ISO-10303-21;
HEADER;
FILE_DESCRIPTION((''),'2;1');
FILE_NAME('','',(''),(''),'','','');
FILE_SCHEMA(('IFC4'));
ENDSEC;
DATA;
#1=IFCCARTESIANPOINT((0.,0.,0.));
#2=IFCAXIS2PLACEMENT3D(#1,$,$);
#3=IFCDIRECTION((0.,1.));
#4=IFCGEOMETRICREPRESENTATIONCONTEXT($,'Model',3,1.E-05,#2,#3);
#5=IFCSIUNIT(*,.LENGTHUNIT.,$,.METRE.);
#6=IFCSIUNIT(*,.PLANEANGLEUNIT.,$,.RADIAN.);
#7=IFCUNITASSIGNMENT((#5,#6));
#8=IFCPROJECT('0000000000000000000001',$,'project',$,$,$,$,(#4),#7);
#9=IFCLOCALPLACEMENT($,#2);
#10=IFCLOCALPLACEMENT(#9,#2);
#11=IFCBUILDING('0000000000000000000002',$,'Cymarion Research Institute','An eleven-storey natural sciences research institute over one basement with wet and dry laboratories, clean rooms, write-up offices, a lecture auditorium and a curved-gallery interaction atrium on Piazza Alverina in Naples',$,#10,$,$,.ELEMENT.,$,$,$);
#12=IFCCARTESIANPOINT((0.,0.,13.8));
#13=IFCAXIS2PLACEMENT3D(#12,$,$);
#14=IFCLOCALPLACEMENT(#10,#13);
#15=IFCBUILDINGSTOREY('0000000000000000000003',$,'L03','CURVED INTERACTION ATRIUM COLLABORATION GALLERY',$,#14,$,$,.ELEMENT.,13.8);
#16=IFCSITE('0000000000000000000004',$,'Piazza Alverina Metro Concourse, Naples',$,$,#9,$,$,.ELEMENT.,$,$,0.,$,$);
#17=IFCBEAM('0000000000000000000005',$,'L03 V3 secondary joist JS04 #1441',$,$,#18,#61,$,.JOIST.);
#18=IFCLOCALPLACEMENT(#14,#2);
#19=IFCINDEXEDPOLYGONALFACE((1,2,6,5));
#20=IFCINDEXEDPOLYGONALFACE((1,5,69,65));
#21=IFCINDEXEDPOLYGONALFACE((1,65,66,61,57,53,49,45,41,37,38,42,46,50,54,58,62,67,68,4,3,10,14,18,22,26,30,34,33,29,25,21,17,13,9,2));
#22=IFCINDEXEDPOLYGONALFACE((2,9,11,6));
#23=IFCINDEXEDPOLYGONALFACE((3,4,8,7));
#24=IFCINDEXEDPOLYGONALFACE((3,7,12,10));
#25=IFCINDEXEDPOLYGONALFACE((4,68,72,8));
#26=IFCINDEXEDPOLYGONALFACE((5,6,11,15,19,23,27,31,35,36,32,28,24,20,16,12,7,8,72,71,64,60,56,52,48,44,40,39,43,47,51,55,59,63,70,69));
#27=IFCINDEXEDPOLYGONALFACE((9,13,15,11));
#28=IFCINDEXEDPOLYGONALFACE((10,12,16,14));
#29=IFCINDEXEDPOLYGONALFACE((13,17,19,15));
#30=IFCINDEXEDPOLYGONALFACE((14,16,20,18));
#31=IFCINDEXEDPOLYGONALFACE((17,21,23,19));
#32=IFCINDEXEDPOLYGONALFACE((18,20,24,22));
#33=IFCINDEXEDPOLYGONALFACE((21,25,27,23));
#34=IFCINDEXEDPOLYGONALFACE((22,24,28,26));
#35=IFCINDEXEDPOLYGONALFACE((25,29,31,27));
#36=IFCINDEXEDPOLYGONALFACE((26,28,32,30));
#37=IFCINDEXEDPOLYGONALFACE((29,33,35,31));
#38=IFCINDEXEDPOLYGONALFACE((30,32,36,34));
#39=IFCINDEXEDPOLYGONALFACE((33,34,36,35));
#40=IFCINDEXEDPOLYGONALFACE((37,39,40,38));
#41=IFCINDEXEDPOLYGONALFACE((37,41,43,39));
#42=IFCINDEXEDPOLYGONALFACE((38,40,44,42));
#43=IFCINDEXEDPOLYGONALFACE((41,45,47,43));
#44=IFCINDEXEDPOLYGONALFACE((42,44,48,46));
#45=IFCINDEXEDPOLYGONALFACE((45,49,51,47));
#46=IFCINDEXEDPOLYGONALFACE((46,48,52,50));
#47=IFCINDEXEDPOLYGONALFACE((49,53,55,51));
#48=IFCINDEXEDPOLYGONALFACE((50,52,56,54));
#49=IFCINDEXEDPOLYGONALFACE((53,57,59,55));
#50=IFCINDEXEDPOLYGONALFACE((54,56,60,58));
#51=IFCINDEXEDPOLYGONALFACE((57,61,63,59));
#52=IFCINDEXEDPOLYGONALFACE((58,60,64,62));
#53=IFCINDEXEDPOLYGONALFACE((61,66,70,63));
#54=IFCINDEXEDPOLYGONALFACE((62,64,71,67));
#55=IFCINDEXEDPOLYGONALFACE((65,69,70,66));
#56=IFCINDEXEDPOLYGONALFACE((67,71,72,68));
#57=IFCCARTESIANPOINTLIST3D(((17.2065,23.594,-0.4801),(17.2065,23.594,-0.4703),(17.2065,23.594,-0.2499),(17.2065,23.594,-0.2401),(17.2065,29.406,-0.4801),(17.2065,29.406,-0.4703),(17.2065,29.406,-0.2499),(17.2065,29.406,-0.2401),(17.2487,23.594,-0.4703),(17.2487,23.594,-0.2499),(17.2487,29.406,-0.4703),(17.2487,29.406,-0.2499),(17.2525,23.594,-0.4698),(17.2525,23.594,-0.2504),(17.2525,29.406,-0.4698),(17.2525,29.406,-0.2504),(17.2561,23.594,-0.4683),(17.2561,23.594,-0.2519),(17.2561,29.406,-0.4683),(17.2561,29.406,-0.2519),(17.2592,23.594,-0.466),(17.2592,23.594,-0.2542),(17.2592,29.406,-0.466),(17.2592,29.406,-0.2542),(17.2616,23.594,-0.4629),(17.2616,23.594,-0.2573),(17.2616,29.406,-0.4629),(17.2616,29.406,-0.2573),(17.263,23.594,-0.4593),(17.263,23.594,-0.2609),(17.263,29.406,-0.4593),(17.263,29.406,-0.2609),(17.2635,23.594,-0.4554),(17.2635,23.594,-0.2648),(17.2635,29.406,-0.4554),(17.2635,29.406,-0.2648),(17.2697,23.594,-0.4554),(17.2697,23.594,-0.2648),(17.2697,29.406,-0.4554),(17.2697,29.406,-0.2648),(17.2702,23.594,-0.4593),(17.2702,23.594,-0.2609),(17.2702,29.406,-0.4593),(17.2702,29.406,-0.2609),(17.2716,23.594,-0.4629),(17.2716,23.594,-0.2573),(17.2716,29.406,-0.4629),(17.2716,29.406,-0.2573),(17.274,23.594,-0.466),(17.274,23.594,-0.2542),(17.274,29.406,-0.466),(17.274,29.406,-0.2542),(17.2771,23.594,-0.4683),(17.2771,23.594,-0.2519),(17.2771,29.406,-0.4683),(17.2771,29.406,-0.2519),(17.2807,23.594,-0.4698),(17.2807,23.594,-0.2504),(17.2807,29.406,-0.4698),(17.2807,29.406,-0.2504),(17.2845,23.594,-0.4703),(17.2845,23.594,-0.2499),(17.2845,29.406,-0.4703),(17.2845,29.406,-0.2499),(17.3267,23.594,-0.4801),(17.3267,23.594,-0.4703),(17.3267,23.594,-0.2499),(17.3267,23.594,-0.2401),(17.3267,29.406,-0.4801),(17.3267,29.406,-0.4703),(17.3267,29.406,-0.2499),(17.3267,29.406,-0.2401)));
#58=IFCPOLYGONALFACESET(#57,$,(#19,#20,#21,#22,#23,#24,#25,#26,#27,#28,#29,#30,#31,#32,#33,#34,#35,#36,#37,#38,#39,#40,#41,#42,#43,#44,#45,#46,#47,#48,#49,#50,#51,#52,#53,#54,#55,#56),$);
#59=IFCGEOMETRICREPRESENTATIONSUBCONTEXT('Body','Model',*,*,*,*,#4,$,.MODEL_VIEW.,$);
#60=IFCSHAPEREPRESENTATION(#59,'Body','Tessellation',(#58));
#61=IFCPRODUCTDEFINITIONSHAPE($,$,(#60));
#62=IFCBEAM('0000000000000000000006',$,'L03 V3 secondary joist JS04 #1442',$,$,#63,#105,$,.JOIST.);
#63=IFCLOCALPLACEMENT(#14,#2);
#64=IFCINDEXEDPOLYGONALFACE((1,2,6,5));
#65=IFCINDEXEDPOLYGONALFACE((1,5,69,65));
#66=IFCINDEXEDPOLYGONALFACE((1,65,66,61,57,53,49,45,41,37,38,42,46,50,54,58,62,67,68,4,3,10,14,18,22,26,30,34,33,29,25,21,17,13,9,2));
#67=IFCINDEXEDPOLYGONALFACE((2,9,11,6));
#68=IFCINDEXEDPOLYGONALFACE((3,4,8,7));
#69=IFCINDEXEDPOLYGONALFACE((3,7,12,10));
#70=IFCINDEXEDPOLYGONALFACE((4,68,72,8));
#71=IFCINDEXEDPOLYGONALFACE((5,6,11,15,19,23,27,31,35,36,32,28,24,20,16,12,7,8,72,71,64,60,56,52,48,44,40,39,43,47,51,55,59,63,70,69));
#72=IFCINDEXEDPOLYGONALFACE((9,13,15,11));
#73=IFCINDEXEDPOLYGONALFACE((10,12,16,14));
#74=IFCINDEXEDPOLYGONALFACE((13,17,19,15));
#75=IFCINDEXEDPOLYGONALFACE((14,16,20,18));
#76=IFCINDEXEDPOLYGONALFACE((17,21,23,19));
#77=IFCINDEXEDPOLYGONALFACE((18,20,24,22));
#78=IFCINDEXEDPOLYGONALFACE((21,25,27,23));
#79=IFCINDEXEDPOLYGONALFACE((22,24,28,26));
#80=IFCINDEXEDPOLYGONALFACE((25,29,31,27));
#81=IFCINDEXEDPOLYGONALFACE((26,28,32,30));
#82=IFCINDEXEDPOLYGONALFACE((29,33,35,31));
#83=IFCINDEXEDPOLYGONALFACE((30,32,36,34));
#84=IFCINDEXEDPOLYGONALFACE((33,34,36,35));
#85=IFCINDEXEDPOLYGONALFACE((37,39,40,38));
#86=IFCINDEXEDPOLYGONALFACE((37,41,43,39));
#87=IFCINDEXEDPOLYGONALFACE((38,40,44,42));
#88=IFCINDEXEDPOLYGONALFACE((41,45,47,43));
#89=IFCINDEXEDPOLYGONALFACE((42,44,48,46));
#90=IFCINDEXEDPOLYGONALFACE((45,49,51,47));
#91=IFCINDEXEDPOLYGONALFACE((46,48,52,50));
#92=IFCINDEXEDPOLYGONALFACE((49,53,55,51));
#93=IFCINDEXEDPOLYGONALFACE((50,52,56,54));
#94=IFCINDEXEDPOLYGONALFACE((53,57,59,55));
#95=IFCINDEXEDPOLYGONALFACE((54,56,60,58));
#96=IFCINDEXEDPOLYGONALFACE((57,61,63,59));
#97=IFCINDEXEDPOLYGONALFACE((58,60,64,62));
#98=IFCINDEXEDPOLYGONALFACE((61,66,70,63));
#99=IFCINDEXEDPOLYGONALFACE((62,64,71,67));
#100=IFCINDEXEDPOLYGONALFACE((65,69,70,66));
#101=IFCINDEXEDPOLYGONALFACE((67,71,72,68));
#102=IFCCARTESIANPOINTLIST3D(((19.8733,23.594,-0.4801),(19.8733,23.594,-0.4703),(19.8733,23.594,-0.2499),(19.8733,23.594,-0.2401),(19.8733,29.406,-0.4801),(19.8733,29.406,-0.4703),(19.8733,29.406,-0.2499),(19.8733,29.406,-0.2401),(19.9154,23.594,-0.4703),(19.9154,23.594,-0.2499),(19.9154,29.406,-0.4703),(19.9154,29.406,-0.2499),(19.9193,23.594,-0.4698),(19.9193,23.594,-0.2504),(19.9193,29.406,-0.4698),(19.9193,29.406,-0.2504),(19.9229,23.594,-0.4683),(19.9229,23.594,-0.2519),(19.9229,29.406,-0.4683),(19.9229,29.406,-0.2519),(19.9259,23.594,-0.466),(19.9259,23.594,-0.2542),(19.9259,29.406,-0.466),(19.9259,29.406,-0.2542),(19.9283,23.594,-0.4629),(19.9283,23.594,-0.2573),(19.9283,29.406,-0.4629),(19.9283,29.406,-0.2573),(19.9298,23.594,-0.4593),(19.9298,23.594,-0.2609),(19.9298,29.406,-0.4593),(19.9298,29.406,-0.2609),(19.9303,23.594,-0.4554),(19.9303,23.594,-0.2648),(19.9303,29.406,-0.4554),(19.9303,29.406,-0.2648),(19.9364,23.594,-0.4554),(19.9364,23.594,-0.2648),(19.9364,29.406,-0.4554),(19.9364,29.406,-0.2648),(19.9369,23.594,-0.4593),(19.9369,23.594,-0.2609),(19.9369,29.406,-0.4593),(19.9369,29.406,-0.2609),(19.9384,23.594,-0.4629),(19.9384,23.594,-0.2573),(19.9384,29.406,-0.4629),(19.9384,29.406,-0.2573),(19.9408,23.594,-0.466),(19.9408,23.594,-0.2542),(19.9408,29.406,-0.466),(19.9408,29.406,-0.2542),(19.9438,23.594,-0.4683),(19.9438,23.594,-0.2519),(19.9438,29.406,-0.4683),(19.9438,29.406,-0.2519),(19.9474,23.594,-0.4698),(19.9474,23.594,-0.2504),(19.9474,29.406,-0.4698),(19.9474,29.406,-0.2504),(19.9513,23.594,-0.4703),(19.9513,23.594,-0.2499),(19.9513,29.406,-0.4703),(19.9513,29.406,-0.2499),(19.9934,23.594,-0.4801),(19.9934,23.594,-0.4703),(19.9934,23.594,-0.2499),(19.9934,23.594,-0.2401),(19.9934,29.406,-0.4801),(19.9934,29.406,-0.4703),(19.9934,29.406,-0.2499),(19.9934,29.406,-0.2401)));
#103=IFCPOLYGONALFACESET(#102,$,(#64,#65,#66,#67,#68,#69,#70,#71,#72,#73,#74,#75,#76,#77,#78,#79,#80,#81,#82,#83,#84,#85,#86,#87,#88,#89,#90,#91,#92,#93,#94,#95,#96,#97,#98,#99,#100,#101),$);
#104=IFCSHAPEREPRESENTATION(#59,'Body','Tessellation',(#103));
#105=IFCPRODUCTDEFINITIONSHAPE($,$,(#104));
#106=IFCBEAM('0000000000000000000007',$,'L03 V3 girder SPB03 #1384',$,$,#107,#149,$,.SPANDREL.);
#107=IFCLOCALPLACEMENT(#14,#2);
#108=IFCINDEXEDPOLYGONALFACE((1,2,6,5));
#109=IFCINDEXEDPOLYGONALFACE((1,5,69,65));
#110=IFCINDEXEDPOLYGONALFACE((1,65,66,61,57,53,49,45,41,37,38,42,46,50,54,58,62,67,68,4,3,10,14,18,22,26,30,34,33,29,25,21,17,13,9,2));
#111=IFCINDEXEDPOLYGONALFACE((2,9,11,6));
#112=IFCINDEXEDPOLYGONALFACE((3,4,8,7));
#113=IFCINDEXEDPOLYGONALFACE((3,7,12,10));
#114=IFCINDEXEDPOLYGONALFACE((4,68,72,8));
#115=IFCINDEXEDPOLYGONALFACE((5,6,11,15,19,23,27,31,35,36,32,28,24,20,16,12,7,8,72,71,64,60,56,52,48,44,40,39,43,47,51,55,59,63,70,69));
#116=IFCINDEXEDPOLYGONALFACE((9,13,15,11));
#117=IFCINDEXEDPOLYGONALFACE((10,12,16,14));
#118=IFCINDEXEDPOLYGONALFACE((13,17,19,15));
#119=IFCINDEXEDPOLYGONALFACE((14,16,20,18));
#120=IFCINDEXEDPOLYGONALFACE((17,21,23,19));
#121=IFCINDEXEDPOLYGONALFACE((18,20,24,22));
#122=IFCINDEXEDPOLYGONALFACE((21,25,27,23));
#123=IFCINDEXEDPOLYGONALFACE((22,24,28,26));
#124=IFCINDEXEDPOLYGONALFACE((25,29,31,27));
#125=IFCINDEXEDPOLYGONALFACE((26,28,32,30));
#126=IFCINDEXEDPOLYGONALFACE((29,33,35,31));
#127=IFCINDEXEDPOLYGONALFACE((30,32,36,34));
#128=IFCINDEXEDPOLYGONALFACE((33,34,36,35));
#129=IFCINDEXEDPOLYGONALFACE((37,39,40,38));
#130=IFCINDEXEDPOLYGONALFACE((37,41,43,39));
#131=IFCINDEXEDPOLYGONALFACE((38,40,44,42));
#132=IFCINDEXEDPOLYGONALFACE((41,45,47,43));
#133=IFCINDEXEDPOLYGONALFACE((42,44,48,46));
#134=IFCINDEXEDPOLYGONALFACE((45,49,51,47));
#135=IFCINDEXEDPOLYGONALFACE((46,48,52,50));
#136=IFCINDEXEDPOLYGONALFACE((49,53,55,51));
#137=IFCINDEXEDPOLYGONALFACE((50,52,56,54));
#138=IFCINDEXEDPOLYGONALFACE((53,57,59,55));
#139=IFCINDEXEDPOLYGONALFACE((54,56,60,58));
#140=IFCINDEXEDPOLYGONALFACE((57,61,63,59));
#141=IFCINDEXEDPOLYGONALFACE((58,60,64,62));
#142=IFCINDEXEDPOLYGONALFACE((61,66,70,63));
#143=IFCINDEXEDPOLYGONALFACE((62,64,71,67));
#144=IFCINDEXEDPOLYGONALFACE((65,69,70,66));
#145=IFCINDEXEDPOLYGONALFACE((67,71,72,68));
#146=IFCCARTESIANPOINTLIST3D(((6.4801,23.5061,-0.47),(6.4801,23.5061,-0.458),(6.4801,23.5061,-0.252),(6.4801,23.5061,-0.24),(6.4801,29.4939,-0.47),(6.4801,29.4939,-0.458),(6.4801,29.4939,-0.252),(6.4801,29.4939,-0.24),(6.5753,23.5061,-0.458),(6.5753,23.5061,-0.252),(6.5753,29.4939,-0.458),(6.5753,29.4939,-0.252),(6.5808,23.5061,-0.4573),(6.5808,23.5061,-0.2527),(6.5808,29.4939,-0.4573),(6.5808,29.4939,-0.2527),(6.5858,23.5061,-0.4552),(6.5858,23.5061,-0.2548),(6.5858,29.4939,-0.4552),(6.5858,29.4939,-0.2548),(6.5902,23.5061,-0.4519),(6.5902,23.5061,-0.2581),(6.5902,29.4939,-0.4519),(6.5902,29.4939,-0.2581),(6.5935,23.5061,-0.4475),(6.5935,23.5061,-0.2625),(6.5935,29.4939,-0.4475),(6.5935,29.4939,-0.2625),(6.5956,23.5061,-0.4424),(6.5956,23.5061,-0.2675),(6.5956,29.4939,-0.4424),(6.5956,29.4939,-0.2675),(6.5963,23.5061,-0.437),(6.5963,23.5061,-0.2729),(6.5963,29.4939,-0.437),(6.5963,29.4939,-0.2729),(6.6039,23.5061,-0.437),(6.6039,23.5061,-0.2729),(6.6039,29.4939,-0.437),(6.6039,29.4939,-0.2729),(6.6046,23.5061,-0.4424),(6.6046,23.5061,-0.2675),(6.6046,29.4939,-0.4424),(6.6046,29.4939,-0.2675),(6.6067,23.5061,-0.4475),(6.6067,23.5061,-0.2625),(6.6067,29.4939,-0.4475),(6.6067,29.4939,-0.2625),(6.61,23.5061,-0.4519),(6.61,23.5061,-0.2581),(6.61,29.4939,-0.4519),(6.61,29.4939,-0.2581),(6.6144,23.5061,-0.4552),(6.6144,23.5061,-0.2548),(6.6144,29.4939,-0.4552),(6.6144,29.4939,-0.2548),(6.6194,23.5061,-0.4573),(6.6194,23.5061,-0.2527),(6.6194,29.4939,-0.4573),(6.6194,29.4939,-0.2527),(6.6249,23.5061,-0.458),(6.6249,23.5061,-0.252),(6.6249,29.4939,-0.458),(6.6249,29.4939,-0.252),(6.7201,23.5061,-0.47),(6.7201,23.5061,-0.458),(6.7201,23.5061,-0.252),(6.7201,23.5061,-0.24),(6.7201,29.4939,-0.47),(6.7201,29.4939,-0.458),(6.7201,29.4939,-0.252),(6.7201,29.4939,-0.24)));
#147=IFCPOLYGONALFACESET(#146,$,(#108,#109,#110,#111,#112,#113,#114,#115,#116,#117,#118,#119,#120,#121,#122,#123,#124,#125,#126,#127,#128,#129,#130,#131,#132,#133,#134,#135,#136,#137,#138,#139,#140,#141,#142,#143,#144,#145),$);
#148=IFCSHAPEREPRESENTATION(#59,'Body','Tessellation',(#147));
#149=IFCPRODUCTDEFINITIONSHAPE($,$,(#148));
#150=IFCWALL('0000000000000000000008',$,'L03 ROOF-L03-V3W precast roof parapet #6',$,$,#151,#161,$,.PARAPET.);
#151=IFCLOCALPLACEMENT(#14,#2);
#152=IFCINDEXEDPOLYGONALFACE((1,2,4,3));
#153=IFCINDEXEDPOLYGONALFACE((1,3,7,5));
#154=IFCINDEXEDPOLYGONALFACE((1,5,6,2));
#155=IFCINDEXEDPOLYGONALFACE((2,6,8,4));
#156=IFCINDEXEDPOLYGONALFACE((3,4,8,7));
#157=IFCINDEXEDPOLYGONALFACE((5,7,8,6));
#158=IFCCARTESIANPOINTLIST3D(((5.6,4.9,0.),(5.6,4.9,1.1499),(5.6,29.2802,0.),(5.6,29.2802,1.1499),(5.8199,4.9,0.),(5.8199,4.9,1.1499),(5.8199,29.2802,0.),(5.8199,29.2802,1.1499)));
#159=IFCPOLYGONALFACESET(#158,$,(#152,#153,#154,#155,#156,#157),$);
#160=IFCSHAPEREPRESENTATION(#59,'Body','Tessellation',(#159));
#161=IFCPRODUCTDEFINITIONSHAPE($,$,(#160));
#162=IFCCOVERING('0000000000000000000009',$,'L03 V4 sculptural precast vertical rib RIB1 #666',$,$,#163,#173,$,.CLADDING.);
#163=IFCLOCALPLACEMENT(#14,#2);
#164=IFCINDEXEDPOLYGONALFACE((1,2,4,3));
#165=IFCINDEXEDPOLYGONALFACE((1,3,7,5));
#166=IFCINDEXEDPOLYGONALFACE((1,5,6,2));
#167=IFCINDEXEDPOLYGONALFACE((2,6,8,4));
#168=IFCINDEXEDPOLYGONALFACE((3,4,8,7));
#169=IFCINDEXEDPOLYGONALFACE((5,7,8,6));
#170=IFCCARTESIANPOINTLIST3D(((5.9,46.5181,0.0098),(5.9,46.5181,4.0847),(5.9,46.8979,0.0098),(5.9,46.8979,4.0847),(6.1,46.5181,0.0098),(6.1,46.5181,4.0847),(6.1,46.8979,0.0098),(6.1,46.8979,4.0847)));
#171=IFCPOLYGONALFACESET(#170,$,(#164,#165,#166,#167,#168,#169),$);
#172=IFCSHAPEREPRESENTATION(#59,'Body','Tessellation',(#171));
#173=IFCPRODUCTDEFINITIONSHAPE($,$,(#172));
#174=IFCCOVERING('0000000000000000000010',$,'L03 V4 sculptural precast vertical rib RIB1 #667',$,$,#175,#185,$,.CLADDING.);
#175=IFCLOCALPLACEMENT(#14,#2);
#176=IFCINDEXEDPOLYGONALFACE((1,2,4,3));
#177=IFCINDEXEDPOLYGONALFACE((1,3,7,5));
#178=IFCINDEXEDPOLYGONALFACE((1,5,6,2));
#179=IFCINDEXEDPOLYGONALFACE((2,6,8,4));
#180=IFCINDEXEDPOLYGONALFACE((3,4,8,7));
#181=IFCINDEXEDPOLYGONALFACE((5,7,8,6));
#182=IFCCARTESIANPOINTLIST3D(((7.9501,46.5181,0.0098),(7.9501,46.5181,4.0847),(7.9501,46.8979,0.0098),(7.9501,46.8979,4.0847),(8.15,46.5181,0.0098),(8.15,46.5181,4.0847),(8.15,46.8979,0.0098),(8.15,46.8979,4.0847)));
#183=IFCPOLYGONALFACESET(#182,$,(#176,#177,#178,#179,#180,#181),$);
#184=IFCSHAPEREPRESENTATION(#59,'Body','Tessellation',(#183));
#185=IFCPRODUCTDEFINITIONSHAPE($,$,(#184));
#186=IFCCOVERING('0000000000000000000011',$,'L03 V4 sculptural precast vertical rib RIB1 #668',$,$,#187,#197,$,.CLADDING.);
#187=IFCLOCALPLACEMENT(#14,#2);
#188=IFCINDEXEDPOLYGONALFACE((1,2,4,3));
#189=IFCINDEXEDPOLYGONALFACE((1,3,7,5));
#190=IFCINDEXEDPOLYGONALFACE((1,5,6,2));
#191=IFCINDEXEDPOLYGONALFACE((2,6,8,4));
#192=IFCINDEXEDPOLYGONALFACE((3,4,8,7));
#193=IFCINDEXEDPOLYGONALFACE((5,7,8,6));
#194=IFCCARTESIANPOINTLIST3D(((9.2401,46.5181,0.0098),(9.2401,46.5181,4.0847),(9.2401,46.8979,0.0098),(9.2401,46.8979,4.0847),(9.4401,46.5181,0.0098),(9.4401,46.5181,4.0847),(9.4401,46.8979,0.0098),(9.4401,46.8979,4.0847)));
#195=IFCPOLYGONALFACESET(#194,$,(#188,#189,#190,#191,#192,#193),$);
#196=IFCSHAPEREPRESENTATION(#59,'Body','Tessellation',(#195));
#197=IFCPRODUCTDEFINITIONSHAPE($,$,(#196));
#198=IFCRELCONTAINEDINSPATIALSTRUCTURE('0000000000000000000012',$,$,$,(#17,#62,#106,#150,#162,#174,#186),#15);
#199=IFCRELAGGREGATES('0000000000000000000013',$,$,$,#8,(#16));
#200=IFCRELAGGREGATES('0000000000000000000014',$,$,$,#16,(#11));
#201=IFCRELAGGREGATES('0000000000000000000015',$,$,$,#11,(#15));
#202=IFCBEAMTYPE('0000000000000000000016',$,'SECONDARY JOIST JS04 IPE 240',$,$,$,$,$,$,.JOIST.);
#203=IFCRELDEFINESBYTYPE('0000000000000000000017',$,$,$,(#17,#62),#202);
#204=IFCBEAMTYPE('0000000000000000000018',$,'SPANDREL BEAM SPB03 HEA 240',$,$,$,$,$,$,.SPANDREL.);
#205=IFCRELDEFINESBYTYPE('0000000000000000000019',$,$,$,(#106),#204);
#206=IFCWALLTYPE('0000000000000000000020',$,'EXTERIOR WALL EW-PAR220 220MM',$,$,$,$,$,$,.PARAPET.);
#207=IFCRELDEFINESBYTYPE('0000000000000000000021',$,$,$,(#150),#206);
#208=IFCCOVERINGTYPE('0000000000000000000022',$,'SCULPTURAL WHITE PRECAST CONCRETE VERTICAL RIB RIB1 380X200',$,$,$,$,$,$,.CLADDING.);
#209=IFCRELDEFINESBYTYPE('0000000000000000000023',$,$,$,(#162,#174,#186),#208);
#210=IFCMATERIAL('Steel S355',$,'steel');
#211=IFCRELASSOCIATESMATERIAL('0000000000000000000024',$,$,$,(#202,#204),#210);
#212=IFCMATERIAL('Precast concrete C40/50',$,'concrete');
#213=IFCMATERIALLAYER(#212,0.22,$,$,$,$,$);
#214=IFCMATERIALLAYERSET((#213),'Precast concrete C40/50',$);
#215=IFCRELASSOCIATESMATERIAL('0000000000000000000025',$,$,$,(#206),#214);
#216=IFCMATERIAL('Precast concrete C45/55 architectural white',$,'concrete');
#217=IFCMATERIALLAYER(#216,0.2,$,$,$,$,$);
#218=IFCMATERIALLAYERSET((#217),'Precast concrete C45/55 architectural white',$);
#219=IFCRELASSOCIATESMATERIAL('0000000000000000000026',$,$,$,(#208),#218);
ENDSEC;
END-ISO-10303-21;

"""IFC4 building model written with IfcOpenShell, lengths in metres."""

from ifc_helpers import new_model, si_unit, direction, frame, frame_2d, origin, origin_2d, place, context, subcontext, project, spatial, rectangle, i_section, extrude, material, layer, layer_set, material_profile, profile_set, type_object, element, save


model = new_model("IFC4")

# Units and contexts
model_context = context("Model", 3, precision=1e-05, world=origin(), true_north=direction((0.0, 1.0)))
body_context = subcontext(model_context, "Body", "Model", "MODEL_VIEW")
ifc_project = project(units=[si_unit("LENGTHUNIT", "METRE"), si_unit("PLANEANGLEUNIT", "RADIAN")], contexts=[model_context])

# Site, building, storey
site_placement = place(None, origin())
site = spatial("IfcSite", under=ifc_project, at=site_placement, Name="Piazza Alverina Metro Concourse, Naples", CompositionType="ELEMENT", RefElevation=0.0)
building_placement = place(site_placement, origin())
building = spatial("IfcBuilding", under=site, at=building_placement, Name="Cymarion Research Institute", Description="An eleven-storey natural sciences research institute over one basement with wet and dry laboratories, clean rooms, write-up offices, a lecture auditorium and a curved-gallery interaction atrium on Piazza Alverina in Naples", CompositionType="ELEMENT")
storey_placement = place(building_placement, frame((0.0, 0.0, 13.8)))
storey = spatial("IfcBuildingStorey", under=building, at=storey_placement, Name="L03", Description="CURVED INTERACTION ATRIUM COLLABORATION GALLERY", CompositionType="ELEMENT", Elevation=13.8)

# Beams
ifc_material_1 = material(Name="Steel S355", Category="steel")
ifc_material_profile_1 = material_profile(ifc_material_1, i_section(OverallWidth=0.1201, OverallDepth=0.24, WebThickness=0.0061, FlangeThickness=0.0098, FilletRadius=0.0149, at=origin_2d()), Name="IPE 240")
ifc_profile_set_1 = profile_set([ifc_material_profile_1], Name="Steel S355")
beam_type_1 = type_object("IfcBeamType", Name="SECONDARY JOIST JS04 IPE 240", PredefinedType="JOIST", material=ifc_profile_set_1)
for number, where, z_axis, x_axis, name in (
    (1, (17.2666, 23.594, -0.3601), (0.0, 1.0, 0.0), (-1.0, 0.0, 0.0), "L03 V3 secondary joist JS04 #1441"),
    (2, (19.9333, 23.594, -0.3601), (0.0, 1.0, 0.0), (-1.0, 0.0, 0.0), "L03 V3 secondary joist JS04 #1442"),
):
    element("IfcBeam", number, at=place(storey_placement, frame(where, z_axis=z_axis, x_axis=x_axis)), inside=storey, type_object=beam_type_1, Name=name, PredefinedType="JOIST", context=body_context, shape_type="SweptSolid", body=[
        extrude(i_section(OverallWidth=0.1201, OverallDepth=0.24, WebThickness=0.0061, FlangeThickness=0.0098, FilletRadius=0.0149, at=origin_2d()), origin(), (0.0, 0.0, 1.0), 5.812),
    ])
ifc_material_profile_2 = material_profile(ifc_material_1, i_section(OverallWidth=0.24, OverallDepth=0.23, WebThickness=0.0076, FlangeThickness=0.012, FilletRadius=0.021, at=origin_2d()), Name="HEA 240")
ifc_profile_set_2 = profile_set([ifc_material_profile_2], Name="Steel S355")
beam_type_2 = type_object("IfcBeamType", Name="SPANDREL BEAM SPB03 HEA 240", PredefinedType="SPANDREL", material=ifc_profile_set_2)
beam_placement = place(storey_placement, frame((6.6001, 23.5061, -0.355), z_axis=(0.0, 1.0, 0.0), x_axis=(-1.0, 0.0, 0.0)))
element("IfcBeam", 3, at=beam_placement, inside=storey, type_object=beam_type_2, Name="L03 V3 girder SPB03 #1384", PredefinedType="SPANDREL", context=body_context, shape_type="SweptSolid", body=[
    extrude(i_section(OverallWidth=0.24, OverallDepth=0.23, WebThickness=0.0076, FlangeThickness=0.012, FilletRadius=0.021, at=origin_2d()), origin(), (0.0, 0.0, 1.0), 5.9878),
])

# Wall
ifc_material_2 = material(Name="Precast concrete C40/50", Category="concrete")
ifc_layer_1 = layer(ifc_material_2, 0.22)
ifc_layer_set_1 = layer_set([ifc_layer_1], Name="Precast concrete C40/50")
wall_type = type_object("IfcWallType", Name="EXTERIOR WALL EW-PAR220 220MM", PredefinedType="PARAPET", material=ifc_layer_set_1)
wall_placement = place(storey_placement, frame((5.71, 29.28, 0.0), z_axis=(0.0, 0.0, 1.0), x_axis=(0.0, -1.0, 0.0)))
element("IfcWall", 4, at=wall_placement, inside=storey, type_object=wall_type, Name="L03 ROOF-L03-V3W precast roof parapet #6", PredefinedType="PARAPET", context=body_context, shape_type="SweptSolid", body=[
    extrude(rectangle(XDim=24.3801, YDim=0.22, at=frame_2d((12.1899, 0.0))), origin(), (0.0, 0.0, 1.0), 1.1499),
])

# Coverings
ifc_material_3 = material(Name="Precast concrete C45/55 architectural white", Category="concrete")
ifc_layer_2 = layer(ifc_material_3, 0.2)
ifc_layer_set_2 = layer_set([ifc_layer_2], Name="Precast concrete C45/55 architectural white")
covering_type = type_object("IfcCoveringType", Name="SCULPTURAL WHITE PRECAST CONCRETE VERTICAL RIB RIB1 380X200", PredefinedType="CLADDING", material=ifc_layer_set_2)
for number, where, z_axis, x_axis, name in (
    (5, (6.0, 46.708, 0.0098), (0.0, 0.0, 1.0), (0.0, -1.0, 0.0), "L03 V4 sculptural precast vertical rib RIB1 #666"),
    (6, (8.05, 46.708, 0.0098), (0.0, 0.0, 1.0), (0.0, -1.0, 0.0), "L03 V4 sculptural precast vertical rib RIB1 #667"),
    (7, (9.3401, 46.708, 0.0098), (0.0, 0.0, 1.0), (0.0, -1.0, 0.0), "L03 V4 sculptural precast vertical rib RIB1 #668"),
):
    element("IfcCovering", number, at=place(storey_placement, frame(where, z_axis=z_axis, x_axis=x_axis)), inside=storey, type_object=covering_type, Name=name, PredefinedType="CLADDING", context=body_context, shape_type="SweptSolid", body=[
        extrude(rectangle(XDim=0.3799, YDim=0.2, at=origin_2d()), origin(), (0.0, 0.0, 1.0), 4.075),
    ])

save(model, "model.ifc")
